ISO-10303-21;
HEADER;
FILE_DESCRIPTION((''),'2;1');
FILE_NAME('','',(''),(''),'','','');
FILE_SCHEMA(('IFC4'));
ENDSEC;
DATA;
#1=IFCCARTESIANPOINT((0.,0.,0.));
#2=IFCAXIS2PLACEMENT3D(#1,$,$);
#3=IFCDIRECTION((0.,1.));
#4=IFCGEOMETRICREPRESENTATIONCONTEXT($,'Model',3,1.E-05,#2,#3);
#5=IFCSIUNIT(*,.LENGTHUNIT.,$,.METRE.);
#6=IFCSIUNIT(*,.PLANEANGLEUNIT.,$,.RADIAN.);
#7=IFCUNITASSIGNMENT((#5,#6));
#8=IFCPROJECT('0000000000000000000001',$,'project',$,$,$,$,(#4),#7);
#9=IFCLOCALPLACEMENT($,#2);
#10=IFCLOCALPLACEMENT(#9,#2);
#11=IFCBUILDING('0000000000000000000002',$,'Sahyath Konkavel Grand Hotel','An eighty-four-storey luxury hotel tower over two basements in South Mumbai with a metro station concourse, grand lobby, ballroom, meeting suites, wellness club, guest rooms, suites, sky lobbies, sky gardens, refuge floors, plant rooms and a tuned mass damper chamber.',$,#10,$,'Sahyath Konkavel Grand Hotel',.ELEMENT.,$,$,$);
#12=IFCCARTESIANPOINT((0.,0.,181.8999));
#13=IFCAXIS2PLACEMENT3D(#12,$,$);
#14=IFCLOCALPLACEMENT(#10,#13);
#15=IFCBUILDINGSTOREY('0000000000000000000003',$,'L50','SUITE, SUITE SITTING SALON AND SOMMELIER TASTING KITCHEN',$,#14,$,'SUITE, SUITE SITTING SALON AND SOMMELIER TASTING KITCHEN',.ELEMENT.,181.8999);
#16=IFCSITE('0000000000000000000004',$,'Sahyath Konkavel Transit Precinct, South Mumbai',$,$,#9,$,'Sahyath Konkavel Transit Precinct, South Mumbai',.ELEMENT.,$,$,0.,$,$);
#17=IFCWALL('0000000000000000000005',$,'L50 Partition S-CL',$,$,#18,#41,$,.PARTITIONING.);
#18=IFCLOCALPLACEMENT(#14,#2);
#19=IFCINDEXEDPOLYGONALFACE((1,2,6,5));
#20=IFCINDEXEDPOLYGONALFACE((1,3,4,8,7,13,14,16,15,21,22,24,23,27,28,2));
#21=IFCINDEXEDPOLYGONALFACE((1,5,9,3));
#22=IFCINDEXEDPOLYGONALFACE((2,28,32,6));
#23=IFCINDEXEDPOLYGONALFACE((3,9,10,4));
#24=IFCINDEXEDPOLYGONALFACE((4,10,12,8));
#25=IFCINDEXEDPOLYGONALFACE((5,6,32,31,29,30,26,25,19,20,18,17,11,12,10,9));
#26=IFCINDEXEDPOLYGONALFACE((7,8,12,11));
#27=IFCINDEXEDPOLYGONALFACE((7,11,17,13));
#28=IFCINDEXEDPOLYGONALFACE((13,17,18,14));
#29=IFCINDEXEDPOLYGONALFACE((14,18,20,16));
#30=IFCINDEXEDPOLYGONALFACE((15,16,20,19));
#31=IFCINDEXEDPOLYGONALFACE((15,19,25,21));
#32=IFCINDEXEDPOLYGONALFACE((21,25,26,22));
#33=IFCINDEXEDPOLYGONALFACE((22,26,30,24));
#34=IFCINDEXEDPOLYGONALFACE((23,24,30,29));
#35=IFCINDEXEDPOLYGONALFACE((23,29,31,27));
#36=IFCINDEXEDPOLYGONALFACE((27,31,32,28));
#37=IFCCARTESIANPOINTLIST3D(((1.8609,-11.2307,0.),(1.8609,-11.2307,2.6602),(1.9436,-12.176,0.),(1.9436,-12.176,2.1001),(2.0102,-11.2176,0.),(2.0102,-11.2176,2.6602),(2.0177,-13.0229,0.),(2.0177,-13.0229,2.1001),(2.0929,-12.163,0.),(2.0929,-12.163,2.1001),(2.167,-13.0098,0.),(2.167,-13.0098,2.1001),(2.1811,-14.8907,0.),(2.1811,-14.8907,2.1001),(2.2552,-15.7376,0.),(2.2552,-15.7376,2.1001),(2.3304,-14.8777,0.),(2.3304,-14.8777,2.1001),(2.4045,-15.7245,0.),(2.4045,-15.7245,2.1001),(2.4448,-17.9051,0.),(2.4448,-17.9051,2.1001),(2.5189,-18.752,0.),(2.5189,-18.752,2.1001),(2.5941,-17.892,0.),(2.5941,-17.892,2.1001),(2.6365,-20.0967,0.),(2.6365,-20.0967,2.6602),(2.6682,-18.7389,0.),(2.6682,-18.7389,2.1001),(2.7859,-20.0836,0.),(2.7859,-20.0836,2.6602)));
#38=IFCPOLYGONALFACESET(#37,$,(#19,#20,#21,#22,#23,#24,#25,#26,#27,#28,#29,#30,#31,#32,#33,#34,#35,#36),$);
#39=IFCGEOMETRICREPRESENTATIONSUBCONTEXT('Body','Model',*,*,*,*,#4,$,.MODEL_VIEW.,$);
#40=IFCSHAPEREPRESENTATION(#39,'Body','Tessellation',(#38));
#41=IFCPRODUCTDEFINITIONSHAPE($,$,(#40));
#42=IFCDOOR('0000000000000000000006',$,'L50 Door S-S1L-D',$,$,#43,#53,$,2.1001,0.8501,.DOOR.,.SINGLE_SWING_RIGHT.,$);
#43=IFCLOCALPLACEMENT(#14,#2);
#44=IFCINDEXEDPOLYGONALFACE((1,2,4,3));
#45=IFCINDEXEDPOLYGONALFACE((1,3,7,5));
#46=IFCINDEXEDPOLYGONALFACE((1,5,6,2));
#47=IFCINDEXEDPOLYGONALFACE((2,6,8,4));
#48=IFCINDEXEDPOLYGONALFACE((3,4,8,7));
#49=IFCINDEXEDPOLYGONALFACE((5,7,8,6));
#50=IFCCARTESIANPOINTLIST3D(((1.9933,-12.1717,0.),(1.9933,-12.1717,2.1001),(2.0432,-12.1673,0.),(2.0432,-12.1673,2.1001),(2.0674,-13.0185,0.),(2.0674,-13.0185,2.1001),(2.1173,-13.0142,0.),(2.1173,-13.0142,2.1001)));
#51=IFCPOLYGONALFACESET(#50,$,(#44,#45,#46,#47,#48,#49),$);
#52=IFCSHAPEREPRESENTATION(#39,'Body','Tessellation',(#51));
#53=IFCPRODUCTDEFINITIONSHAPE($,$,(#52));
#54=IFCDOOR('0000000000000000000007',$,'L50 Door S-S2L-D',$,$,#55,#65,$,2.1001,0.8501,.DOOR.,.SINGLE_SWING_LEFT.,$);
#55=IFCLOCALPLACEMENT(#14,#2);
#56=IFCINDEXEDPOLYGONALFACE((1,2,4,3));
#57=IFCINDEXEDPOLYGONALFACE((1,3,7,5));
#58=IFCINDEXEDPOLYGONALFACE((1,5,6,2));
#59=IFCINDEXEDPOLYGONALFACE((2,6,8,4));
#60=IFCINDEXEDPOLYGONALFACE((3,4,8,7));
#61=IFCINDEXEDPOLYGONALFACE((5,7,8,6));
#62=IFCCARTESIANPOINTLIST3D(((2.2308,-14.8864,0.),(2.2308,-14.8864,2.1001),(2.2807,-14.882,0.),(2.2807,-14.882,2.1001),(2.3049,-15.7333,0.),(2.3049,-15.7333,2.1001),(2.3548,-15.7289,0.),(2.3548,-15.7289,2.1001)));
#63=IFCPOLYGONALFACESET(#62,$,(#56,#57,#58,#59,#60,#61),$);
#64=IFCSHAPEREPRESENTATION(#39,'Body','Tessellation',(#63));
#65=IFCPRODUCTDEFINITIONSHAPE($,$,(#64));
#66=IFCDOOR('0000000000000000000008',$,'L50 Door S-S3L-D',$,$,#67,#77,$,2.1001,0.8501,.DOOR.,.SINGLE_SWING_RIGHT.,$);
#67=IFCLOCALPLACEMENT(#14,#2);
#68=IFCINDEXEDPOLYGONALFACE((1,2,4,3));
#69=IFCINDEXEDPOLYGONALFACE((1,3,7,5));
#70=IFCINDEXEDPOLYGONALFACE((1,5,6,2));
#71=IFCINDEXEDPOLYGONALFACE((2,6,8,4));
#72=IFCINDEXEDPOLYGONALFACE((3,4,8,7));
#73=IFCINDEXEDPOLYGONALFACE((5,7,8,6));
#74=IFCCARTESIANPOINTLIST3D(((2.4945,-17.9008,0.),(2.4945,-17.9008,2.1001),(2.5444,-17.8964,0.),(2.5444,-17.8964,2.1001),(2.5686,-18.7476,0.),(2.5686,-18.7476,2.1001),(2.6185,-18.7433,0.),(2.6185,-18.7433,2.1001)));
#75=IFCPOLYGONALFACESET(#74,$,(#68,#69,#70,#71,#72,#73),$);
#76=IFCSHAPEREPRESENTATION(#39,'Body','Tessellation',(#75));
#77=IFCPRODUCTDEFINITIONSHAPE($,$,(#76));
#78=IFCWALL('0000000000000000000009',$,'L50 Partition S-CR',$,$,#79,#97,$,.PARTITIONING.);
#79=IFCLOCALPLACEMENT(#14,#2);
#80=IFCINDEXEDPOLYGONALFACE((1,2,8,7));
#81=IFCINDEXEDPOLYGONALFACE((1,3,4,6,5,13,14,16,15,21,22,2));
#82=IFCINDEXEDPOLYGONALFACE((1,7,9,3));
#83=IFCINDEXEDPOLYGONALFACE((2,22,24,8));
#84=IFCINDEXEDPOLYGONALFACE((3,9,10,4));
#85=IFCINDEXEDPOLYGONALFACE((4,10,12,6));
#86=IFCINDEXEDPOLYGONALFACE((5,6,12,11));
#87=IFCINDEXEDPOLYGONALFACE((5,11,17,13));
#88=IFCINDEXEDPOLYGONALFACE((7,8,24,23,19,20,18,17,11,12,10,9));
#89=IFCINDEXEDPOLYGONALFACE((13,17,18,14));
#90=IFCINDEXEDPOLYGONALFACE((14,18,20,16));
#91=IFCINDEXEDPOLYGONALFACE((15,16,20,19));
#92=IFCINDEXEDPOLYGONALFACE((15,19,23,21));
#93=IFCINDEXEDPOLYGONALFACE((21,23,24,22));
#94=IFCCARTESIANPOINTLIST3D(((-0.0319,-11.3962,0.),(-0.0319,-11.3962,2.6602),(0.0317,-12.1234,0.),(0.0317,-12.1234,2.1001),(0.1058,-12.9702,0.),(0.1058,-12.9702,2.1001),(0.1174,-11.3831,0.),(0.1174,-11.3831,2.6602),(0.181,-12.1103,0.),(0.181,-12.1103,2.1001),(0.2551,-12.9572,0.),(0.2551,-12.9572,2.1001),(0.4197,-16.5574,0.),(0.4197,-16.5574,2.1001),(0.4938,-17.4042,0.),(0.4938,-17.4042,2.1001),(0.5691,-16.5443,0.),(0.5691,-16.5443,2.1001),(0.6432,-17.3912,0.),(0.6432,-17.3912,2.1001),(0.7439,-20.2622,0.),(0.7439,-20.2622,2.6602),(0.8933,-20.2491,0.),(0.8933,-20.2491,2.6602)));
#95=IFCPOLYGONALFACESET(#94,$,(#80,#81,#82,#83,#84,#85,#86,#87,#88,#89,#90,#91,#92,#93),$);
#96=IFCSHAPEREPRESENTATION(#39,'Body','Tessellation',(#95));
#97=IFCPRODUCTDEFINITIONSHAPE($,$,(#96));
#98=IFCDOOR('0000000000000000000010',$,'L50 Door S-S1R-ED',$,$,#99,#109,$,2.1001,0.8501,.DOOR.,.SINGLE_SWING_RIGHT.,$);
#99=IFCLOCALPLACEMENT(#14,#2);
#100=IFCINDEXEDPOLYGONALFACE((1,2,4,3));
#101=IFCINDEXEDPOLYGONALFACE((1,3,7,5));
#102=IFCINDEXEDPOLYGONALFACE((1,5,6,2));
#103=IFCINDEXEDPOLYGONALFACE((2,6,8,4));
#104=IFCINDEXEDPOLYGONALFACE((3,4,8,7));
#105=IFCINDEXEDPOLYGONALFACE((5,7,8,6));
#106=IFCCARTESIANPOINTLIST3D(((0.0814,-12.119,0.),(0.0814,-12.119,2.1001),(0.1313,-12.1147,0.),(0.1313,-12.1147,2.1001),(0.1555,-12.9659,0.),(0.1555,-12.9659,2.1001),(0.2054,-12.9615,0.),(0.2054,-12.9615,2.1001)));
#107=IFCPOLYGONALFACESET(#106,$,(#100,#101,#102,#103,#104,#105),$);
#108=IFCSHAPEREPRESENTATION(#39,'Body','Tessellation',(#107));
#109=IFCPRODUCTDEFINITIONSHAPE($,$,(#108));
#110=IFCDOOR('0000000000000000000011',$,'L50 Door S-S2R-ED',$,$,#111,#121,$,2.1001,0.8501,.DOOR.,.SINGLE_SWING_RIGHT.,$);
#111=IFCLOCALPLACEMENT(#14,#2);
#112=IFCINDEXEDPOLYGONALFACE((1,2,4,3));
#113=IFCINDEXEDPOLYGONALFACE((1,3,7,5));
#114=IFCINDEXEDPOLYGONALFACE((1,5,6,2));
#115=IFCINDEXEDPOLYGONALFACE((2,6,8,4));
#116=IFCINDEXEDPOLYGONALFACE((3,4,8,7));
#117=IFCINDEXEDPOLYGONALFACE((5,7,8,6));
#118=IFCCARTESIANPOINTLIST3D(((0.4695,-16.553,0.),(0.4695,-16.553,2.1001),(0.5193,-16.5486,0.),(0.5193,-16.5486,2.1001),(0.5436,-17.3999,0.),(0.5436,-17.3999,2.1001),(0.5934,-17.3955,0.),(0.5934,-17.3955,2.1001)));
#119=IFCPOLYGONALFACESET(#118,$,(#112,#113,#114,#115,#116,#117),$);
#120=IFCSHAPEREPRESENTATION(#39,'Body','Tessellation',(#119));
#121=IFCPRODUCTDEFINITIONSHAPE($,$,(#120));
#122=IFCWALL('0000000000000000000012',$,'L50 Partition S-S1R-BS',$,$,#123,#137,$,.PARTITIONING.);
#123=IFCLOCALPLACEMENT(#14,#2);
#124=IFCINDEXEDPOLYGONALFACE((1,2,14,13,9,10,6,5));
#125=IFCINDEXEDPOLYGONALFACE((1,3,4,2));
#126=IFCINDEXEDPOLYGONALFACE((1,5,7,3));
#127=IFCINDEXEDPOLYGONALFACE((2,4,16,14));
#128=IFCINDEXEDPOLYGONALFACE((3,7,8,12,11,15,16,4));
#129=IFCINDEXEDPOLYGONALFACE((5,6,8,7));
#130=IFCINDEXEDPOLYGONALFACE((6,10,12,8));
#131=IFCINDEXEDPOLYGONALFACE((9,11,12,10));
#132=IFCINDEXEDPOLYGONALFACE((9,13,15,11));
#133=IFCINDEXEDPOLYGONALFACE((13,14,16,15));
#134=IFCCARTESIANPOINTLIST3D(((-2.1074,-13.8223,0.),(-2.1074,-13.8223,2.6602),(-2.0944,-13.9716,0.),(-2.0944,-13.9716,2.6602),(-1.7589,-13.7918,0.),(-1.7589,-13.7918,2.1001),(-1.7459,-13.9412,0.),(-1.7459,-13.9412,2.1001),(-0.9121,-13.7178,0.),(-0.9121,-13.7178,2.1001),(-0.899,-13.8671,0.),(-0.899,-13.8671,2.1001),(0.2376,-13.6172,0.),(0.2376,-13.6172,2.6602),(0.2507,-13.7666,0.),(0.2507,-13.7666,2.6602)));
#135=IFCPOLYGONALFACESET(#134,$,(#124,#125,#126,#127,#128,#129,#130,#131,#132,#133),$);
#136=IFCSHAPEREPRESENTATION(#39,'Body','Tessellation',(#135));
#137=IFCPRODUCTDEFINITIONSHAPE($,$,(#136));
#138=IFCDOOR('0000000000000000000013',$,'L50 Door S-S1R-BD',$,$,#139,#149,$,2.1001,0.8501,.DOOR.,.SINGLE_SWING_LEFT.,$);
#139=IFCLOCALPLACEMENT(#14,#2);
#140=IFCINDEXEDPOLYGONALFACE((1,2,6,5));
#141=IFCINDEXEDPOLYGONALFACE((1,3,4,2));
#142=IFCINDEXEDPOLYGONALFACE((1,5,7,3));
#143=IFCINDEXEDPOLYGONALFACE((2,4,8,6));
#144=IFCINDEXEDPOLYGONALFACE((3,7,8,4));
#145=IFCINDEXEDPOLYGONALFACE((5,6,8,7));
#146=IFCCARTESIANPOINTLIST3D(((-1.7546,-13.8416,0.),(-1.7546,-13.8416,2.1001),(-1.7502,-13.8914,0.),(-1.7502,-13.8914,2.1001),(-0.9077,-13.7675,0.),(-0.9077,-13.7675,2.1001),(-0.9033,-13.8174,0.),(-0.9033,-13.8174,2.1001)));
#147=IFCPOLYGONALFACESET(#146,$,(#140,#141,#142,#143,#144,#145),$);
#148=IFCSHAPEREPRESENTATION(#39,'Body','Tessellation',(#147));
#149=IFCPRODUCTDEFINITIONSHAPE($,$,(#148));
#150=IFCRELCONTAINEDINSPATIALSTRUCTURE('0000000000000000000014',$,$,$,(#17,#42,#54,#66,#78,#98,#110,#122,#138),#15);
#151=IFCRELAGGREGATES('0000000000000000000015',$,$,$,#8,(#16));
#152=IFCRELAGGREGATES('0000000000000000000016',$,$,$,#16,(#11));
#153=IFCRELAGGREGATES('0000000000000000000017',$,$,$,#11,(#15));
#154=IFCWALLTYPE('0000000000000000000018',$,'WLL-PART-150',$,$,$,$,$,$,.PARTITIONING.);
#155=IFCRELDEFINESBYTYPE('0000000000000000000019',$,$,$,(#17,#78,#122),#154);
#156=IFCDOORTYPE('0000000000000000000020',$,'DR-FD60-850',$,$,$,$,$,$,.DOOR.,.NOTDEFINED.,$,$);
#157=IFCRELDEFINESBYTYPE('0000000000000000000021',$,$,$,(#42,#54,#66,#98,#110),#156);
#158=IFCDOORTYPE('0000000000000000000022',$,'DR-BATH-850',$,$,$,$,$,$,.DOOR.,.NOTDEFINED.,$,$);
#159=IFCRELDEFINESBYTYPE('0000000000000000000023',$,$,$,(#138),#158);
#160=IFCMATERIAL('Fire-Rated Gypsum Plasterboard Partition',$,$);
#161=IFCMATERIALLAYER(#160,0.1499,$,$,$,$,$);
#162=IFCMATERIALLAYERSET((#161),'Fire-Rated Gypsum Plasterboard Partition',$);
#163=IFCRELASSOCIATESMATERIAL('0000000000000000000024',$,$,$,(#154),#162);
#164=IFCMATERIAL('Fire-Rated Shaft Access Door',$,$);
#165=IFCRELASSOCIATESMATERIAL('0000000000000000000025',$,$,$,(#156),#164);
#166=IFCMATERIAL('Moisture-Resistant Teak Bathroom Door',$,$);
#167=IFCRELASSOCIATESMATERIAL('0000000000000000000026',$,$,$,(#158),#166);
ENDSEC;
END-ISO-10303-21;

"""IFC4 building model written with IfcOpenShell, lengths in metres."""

from ifc_helpers import new_model, si_unit, direction, frame, frame_2d, origin, origin_2d, place, context, subcontext, project, spatial, rectangle, extrude, source, transform, mapped, material, layer, layer_set, type_object, element, fill, save


model = new_model("IFC4")

# Units and contexts
model_context = context("Model", 3, precision=1e-05, world=origin(), true_north=direction((0.0, 1.0)))
body_context = subcontext(model_context, "Body", "Model", "MODEL_VIEW")
ifc_project = project(units=[si_unit("LENGTHUNIT", "METRE"), si_unit("PLANEANGLEUNIT", "RADIAN")], contexts=[model_context])

# Site, building, storey
site_placement = place(None, origin())
site = spatial("IfcSite", under=ifc_project, at=site_placement, Name="Sahyath Konkavel Transit Precinct, South Mumbai", LongName="Sahyath Konkavel Transit Precinct, South Mumbai", CompositionType="ELEMENT", RefElevation=0.0)
building_placement = place(site_placement, origin())
building = spatial("IfcBuilding", under=site, at=building_placement, Name="Sahyath Konkavel Grand Hotel", Description="An eighty-four-storey luxury hotel tower over two basements in South Mumbai with a metro station concourse, grand lobby, ballroom, meeting suites, wellness club, guest rooms, suites, sky lobbies, sky gardens, refuge floors, plant rooms and a tuned mass damper chamber.", LongName="Sahyath Konkavel Grand Hotel", CompositionType="ELEMENT")
storey_placement = place(building_placement, frame((0.0, 0.0, 181.8999)))
storey = spatial("IfcBuildingStorey", under=building, at=storey_placement, Name="L50", Description="SUITE, SUITE SITTING SALON AND SOMMELIER TASTING KITCHEN", LongName="SUITE, SUITE SITTING SALON AND SOMMELIER TASTING KITCHEN", CompositionType="ELEMENT", Elevation=181.8999)

# Walls, openings, doors
ifc_material_1 = material(Name="Fire-Rated Gypsum Plasterboard Partition")
ifc_layer_1 = layer(ifc_material_1, 0.1499)
ifc_layer_set_1 = layer_set([ifc_layer_1], Name="Fire-Rated Gypsum Plasterboard Partition")
wall_type_1 = type_object("IfcWallType", Name="WLL-PART-150", PredefinedType="PARTITIONING", material=ifc_layer_set_1)
wall_1_placement = place(storey_placement, frame((1.9355, -11.2241, 0.0), z_axis=(0.0, 0.0, 1.0), x_axis=(0.087152, -0.996195, 0.0)))
wall_1 = element("IfcWall", 1, at=wall_1_placement, inside=storey, type_object=wall_type_1, Name="L50 Partition S-CL", PredefinedType="PARTITIONING", context=body_context, shape_type="SweptSolid", body=[
    extrude(rectangle(XDim=8.8999, YDim=0.1499, at=frame_2d((4.45, 0.0))), origin(), (0.0, 0.0, 1.0), 2.6602),
])
opening_1_placement = place(wall_1_placement, frame((0.949, 0.0, 0.0)))
opening_1 = element("IfcOpeningElement", 2, at=opening_1_placement, cuts=wall_1, PredefinedType="OPENING", context=body_context, shape_type="SweptSolid", body=[
    extrude(rectangle(XDim=0.8501, YDim=2.1001, at=frame_2d((0.425, 1.05))), frame((0.0, 0.085, 0.0), z_axis=(0.0, -1.0, 0.0), x_axis=(1.0, 0.0, 0.0)), (0.0, 0.0, 1.0), 0.1699),
])
opening_2_placement = place(wall_1_placement, frame((3.6741, 0.0, 0.0)))
opening_2 = element("IfcOpeningElement", 3, at=opening_2_placement, cuts=wall_1, PredefinedType="OPENING", context=body_context, shape_type="SweptSolid", body=[
    extrude(rectangle(XDim=0.8501, YDim=2.1001, at=frame_2d((0.425, 1.05))), frame((0.0, 0.085, 0.0), z_axis=(0.0, -1.0, 0.0), x_axis=(1.0, 0.0, 0.0)), (0.0, 0.0, 1.0), 0.1699),
])
opening_3_placement = place(wall_1_placement, frame((6.7, 0.0, 0.0)))
opening_3 = element("IfcOpeningElement", 4, at=opening_3_placement, cuts=wall_1, PredefinedType="OPENING", context=body_context, shape_type="SweptSolid", body=[
    extrude(rectangle(XDim=0.8501, YDim=2.1001, at=frame_2d((0.425, 1.05))), frame((0.0, 0.085, 0.0), z_axis=(0.0, -1.0, 0.0), x_axis=(1.0, 0.0, 0.0)), (0.0, 0.0, 1.0), 0.1699),
])
ifc_material_2 = material(Name="Fire-Rated Shaft Access Door")
door_type_1 = type_object("IfcDoorType", Name="DR-FD60-850", OperationType="NOTDEFINED", PredefinedType="DOOR", material=ifc_material_2)
shared_shape_1 = source(origin(), body_context, "Body", "SweptSolid", [
    extrude(rectangle(XDim=0.8501, YDim=0.05, at=origin_2d()), origin(), (0.0, 0.0, 1.0), 2.1001),
])
door_1_placement = place(opening_1_placement, frame((0.425, 0.0, 0.0)))
door_1 = element("IfcDoor", 5, at=door_1_placement, inside=storey, type_object=door_type_1, Name="L50 Door S-S1L-D", OperationType="SINGLE_SWING_RIGHT", OverallHeight=2.1001, OverallWidth=0.8501, PredefinedType="DOOR", context=body_context, shape_type="MappedRepresentation", body=[
    mapped(shared_shape_1, transform((0.0, 0.0, 0.0), scale=1.0)),
])
fill(opening_1, door_1)
door_2_placement = place(opening_2_placement, frame((0.425, 0.0, 0.0)))
door_2 = element("IfcDoor", 6, at=door_2_placement, inside=storey, type_object=door_type_1, Name="L50 Door S-S2L-D", OperationType="SINGLE_SWING_LEFT", OverallHeight=2.1001, OverallWidth=0.8501, PredefinedType="DOOR", context=body_context, shape_type="MappedRepresentation", body=[
    mapped(shared_shape_1, transform((0.0, 0.0, 0.0), scale=1.0)),
])
fill(opening_2, door_2)
door_3_placement = place(opening_3_placement, frame((0.425, 0.0, 0.0)))
door_3 = element("IfcDoor", 7, at=door_3_placement, inside=storey, type_object=door_type_1, Name="L50 Door S-S3L-D", OperationType="SINGLE_SWING_RIGHT", OverallHeight=2.1001, OverallWidth=0.8501, PredefinedType="DOOR", context=body_context, shape_type="MappedRepresentation", body=[
    mapped(shared_shape_1, transform((0.0, 0.0, 0.0), scale=1.0)),
])
fill(opening_3, door_3)
wall_2_placement = place(storey_placement, frame((0.0427, -11.3896, 0.0), z_axis=(0.0, 0.0, 1.0), x_axis=(0.087179, -0.996193, 0.0)))
wall_2 = element("IfcWall", 8, at=wall_2_placement, inside=storey, type_object=wall_type_1, Name="L50 Partition S-CR", PredefinedType="PARTITIONING", context=body_context, shape_type="SweptSolid", body=[
    extrude(rectangle(XDim=8.8999, YDim=0.1499, at=frame_2d((4.45, 0.0))), origin(), (0.0, 0.0, 1.0), 2.6602),
])
opening_4_placement = place(wall_2_placement, frame((0.73, 0.0, 0.0)))
opening_4 = element("IfcOpeningElement", 9, at=opening_4_placement, cuts=wall_2, PredefinedType="OPENING", context=body_context, shape_type="SweptSolid", body=[
    extrude(rectangle(XDim=0.8501, YDim=2.1001, at=frame_2d((0.425, 1.05))), frame((0.0, 0.085, 0.0), z_axis=(0.0, -1.0, 0.0), x_axis=(1.0, 0.0, 0.0)), (0.0, 0.0, 1.0), 0.1699),
])
opening_5_placement = place(wall_2_placement, frame((5.1809, 0.0, 0.0)))
opening_5 = element("IfcOpeningElement", 10, at=opening_5_placement, cuts=wall_2, PredefinedType="OPENING", context=body_context, shape_type="SweptSolid", body=[
    extrude(rectangle(XDim=0.8501, YDim=2.1001, at=frame_2d((0.425, 1.05))), frame((0.0, 0.085, 0.0), z_axis=(0.0, -1.0, 0.0), x_axis=(1.0, 0.0, 0.0)), (0.0, 0.0, 1.0), 0.1699),
])
door_4_placement = place(opening_4_placement, frame((0.425, 0.0, 0.0)))
door_4 = element("IfcDoor", 11, at=door_4_placement, inside=storey, type_object=door_type_1, Name="L50 Door S-S1R-ED", OperationType="SINGLE_SWING_RIGHT", OverallHeight=2.1001, OverallWidth=0.8501, PredefinedType="DOOR", context=body_context, shape_type="MappedRepresentation", body=[
    mapped(shared_shape_1, transform((0.0, 0.0, 0.0), scale=1.0)),
])
fill(opening_4, door_4)
door_5_placement = place(opening_5_placement, frame((0.425, 0.0, 0.0)))
door_5 = element("IfcDoor", 12, at=door_5_placement, inside=storey, type_object=door_type_1, Name="L50 Door S-S2R-ED", OperationType="SINGLE_SWING_RIGHT", OverallHeight=2.1001, OverallWidth=0.8501, PredefinedType="DOOR", context=body_context, shape_type="MappedRepresentation", body=[
    mapped(shared_shape_1, transform((0.0, 0.0, 0.0), scale=1.0)),
])
fill(opening_5, door_5)

# Wall, opening, door
wall_3_placement = place(storey_placement, frame((0.2441, -13.6919, 0.0), z_axis=(0.0, 0.0, 1.0), x_axis=(-0.996198, -0.087122, 0.0)))
wall_3 = element("IfcWall", 13, at=wall_3_placement, inside=storey, type_object=wall_type_1, Name="L50 Partition S-S1R-BS", PredefinedType="PARTITIONING", context=body_context, shape_type="SweptSolid", body=[
    extrude(rectangle(XDim=2.354, YDim=0.1499, at=frame_2d((1.177, 0.0))), origin(), (0.0, 0.0, 1.0), 2.6602),
])
opening_6_placement = place(wall_3_placement, frame((1.1541, 0.0, 0.0)))
opening_6 = element("IfcOpeningElement", 14, at=opening_6_placement, cuts=wall_3, PredefinedType="OPENING", context=body_context, shape_type="SweptSolid", body=[
    extrude(rectangle(XDim=0.8501, YDim=2.1001, at=frame_2d((0.425, 1.05))), frame((0.0, 0.085, 0.0), z_axis=(0.0, -1.0, 0.0), x_axis=(1.0, 0.0, 0.0)), (0.0, 0.0, 1.0), 0.1699),
])
ifc_material_3 = material(Name="Moisture-Resistant Teak Bathroom Door")
door_type_2 = type_object("IfcDoorType", Name="DR-BATH-850", OperationType="NOTDEFINED", PredefinedType="DOOR", material=ifc_material_3)
door_6_placement = place(opening_6_placement, frame((0.425, 0.0, 0.0)))
door_6 = element("IfcDoor", 15, at=door_6_placement, inside=storey, type_object=door_type_2, Name="L50 Door S-S1R-BD", OperationType="SINGLE_SWING_LEFT", OverallHeight=2.1001, OverallWidth=0.8501, PredefinedType="DOOR", context=body_context, shape_type="MappedRepresentation", body=[
    mapped(shared_shape_1, transform((0.0, 0.0, 0.0), scale=1.0)),
])
fill(opening_6, door_6)

save(model, "model.ifc")
